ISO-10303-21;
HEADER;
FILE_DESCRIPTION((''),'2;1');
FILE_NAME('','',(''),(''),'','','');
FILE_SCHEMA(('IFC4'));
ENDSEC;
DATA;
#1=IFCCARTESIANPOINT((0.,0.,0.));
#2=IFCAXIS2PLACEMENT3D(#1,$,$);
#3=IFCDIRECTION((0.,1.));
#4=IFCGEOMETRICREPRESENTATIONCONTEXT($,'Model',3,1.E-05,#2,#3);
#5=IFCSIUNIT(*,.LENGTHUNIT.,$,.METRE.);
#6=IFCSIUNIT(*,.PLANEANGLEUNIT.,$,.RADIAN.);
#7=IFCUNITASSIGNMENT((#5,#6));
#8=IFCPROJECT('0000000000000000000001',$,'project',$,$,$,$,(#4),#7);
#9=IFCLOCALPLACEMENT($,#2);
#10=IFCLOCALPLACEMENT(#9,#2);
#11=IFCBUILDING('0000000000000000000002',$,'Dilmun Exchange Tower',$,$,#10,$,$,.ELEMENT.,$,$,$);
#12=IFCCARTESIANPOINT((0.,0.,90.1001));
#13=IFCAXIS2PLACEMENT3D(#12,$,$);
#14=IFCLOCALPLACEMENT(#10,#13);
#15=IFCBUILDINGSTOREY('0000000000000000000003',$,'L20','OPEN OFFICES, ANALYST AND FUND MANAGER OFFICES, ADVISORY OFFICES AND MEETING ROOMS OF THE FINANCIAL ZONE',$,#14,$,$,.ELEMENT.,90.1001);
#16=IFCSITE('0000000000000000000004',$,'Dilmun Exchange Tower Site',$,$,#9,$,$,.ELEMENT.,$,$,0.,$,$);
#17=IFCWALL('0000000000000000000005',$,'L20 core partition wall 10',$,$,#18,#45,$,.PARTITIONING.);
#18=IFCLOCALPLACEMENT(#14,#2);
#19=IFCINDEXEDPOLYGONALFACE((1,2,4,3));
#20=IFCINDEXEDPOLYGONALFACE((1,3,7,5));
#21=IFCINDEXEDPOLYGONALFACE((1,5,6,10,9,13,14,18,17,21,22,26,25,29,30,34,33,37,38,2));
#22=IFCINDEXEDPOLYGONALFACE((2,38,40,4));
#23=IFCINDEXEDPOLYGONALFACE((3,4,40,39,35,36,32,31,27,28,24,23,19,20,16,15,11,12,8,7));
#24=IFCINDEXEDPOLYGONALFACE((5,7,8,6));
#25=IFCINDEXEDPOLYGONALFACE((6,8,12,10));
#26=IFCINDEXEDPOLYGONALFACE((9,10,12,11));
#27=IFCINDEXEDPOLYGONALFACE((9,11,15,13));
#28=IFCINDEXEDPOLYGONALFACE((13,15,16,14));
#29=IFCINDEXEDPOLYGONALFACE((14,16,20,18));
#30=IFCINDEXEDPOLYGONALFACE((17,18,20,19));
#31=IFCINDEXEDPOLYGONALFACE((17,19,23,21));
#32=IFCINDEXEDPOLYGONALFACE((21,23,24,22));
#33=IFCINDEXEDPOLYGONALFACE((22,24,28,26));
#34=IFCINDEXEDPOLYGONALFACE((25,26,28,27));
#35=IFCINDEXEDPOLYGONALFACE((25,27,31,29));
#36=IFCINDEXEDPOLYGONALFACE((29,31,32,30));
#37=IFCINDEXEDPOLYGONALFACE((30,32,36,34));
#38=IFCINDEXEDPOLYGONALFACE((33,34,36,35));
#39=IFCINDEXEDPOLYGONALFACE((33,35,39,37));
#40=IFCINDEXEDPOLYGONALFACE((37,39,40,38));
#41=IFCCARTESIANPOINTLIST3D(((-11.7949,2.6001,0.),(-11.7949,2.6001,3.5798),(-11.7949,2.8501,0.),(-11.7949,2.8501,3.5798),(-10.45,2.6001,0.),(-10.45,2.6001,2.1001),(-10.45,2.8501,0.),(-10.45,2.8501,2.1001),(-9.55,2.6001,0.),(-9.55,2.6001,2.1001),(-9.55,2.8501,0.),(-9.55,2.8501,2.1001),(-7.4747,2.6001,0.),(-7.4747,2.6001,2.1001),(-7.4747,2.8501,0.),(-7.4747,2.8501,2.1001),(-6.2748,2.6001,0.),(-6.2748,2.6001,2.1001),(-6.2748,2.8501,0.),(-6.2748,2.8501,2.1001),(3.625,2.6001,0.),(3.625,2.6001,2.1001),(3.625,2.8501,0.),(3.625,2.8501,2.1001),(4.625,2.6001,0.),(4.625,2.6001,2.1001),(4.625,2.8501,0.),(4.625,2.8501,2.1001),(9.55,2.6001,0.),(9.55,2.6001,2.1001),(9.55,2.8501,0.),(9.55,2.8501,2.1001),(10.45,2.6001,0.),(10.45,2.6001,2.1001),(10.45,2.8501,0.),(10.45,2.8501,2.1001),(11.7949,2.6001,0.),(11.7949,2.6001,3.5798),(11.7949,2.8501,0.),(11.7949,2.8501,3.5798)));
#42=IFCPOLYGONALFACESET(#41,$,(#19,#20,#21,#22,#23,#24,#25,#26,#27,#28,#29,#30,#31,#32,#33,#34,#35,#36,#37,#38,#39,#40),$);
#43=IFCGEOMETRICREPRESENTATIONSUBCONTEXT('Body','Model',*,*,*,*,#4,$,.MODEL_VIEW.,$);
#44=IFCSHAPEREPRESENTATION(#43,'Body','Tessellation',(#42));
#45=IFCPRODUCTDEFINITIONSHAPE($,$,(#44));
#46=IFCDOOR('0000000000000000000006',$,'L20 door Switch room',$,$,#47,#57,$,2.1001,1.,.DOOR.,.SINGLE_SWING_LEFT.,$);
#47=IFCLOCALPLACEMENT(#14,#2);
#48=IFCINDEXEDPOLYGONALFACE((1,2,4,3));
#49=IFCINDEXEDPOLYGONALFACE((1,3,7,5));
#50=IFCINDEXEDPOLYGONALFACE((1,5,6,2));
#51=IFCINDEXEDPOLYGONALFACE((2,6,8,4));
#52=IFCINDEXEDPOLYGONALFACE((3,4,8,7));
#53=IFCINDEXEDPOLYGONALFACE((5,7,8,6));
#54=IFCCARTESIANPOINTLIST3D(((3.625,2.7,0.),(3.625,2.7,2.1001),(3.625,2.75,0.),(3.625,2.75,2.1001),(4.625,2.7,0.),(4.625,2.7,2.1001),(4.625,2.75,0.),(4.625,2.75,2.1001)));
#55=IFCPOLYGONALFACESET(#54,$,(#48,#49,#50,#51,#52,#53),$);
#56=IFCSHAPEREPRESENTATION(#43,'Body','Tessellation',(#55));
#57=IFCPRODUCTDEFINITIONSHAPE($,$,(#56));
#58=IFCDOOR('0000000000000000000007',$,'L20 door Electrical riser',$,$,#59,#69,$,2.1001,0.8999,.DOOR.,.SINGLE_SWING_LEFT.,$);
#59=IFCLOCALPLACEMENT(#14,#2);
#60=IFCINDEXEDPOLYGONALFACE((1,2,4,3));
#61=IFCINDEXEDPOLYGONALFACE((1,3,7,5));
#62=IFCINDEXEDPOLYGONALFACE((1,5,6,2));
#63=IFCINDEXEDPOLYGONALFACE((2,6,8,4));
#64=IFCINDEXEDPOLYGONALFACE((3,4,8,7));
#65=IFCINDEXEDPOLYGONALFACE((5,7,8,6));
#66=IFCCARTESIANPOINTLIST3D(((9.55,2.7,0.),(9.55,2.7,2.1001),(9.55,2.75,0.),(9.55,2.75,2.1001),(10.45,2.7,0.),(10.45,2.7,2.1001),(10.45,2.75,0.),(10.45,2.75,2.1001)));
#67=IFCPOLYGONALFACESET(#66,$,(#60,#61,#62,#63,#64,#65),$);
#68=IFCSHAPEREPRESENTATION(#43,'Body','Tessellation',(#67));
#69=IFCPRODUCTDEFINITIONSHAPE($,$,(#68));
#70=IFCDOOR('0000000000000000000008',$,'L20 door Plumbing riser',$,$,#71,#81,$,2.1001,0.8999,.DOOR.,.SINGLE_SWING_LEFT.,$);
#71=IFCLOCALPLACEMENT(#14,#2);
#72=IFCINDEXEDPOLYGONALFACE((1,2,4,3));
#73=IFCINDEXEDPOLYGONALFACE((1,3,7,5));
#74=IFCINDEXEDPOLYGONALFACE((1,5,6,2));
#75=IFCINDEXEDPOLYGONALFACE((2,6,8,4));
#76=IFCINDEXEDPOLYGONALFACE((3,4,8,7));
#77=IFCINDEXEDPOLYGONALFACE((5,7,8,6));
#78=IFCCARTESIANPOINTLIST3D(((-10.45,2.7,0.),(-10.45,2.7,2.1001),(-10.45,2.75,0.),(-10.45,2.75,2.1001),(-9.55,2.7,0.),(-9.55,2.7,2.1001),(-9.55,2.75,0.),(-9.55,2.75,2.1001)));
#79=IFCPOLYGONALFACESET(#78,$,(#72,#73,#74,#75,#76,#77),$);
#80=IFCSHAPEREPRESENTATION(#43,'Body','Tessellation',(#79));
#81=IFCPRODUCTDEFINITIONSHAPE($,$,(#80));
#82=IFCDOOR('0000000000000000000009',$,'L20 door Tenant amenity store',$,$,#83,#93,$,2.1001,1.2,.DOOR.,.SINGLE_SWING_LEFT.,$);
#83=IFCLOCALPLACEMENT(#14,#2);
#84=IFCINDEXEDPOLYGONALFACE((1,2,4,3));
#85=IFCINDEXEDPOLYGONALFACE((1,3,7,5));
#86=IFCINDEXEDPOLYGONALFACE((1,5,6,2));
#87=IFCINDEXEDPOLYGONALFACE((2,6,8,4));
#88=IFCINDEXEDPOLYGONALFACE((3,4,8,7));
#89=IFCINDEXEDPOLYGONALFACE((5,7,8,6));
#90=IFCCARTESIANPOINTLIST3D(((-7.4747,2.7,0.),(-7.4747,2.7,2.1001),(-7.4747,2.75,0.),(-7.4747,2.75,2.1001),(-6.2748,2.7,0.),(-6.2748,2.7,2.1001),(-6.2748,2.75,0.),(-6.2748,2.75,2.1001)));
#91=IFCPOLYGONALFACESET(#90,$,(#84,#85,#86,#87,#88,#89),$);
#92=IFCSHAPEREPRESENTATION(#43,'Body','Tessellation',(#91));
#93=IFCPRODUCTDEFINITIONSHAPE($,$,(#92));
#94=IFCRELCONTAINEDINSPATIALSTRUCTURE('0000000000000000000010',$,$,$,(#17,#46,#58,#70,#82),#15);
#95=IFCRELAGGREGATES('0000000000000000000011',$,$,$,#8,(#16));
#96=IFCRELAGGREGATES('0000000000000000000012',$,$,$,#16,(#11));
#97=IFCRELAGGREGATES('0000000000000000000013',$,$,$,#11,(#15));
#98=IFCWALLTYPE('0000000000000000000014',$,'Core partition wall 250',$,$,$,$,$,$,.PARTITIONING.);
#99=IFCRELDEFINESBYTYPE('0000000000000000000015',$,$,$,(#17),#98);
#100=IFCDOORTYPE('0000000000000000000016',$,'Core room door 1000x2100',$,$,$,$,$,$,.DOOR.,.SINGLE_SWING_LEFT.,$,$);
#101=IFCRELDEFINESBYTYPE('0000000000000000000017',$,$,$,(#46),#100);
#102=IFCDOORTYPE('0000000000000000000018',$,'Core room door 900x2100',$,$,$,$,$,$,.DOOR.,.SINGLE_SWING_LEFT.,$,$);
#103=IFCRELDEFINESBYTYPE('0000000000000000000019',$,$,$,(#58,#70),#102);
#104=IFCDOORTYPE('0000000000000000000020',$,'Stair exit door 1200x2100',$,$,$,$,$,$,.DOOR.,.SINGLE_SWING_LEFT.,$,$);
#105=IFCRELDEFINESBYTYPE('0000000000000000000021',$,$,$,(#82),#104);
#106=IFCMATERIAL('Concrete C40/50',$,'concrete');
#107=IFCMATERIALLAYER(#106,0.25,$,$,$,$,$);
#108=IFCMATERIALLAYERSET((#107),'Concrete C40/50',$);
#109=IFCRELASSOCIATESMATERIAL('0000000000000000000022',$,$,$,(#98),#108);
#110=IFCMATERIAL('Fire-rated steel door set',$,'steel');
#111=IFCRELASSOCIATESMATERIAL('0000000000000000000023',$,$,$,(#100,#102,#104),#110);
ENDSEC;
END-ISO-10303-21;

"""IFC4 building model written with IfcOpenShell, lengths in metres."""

from ifc_helpers import new_model, si_unit, direction, frame, frame_2d, origin, place, context, subcontext, project, spatial, rectangle, extrude, material, layer, layer_set, type_object, element, fill, save


model = new_model("IFC4")

# Units and contexts
model_context = context("Model", 3, precision=1e-05, world=origin(), true_north=direction((0.0, 1.0)))
body_context = subcontext(model_context, "Body", "Model", "MODEL_VIEW")
ifc_project = project(units=[si_unit("LENGTHUNIT", "METRE"), si_unit("PLANEANGLEUNIT", "RADIAN")], contexts=[model_context])

# Site, building, storey
site_placement = place(None, origin())
site = spatial("IfcSite", under=ifc_project, at=site_placement, Name="Dilmun Exchange Tower Site", CompositionType="ELEMENT", RefElevation=0.0)
building_placement = place(site_placement, origin())
building = spatial("IfcBuilding", under=site, at=building_placement, Name="Dilmun Exchange Tower", CompositionType="ELEMENT")
storey_placement = place(building_placement, frame((0.0, 0.0, 90.1001)))
storey = spatial("IfcBuildingStorey", under=building, at=storey_placement, Name="L20", Description="OPEN OFFICES, ANALYST AND FUND MANAGER OFFICES, ADVISORY OFFICES AND MEETING ROOMS OF THE FINANCIAL ZONE", CompositionType="ELEMENT", Elevation=90.1001)

# Shared definitions
ifc_material_1 = material(Name="Concrete C40/50", Category="concrete")

# Wall, openings, doors
ifc_layer_1 = layer(ifc_material_1, 0.25)
ifc_layer_set_1 = layer_set([ifc_layer_1], Name="Concrete C40/50")
wall_type_1 = type_object("IfcWallType", Name="Core partition wall 250", PredefinedType="PARTITIONING", material=ifc_layer_set_1)
wall_1_placement = place(storey_placement, frame((-11.7949, 2.7251, 0.0), z_axis=(0.0, 0.0, 1.0), x_axis=(1.0, 0.0, 0.0)))
wall_1 = element("IfcWall", 1, at=wall_1_placement, inside=storey, type_object=wall_type_1, Name="L20 core partition wall 10", PredefinedType="PARTITIONING", context=body_context, shape_type="SweptSolid", body=[
    extrude(rectangle(XDim=23.5898, YDim=0.25, at=frame_2d((11.7949, 0.0))), origin(), (0.0, 0.0, 1.0), 3.5798),
])
opening_1_placement = place(wall_1_placement, frame((21.345, 0.0, 0.0)))
opening_1 = element("IfcOpeningElement", 2, at=opening_1_placement, cuts=wall_1, PredefinedType="OPENING", context=body_context, shape_type="SweptSolid", body=[
    extrude(rectangle(XDim=0.8999, YDim=2.1001, at=frame_2d((0.45, 1.05))), frame((0.0, 0.135, 0.0), z_axis=(0.0, -1.0, 0.0), x_axis=(1.0, 0.0, 0.0)), (0.0, 0.0, 1.0), 0.27),
])
opening_2_placement = place(wall_1_placement, frame((1.345, 0.0, 0.0)))
opening_2 = element("IfcOpeningElement", 3, at=opening_2_placement, cuts=wall_1, PredefinedType="OPENING", context=body_context, shape_type="SweptSolid", body=[
    extrude(rectangle(XDim=0.8999, YDim=2.1001, at=frame_2d((0.45, 1.05))), frame((0.0, 0.135, 0.0), z_axis=(0.0, -1.0, 0.0), x_axis=(1.0, 0.0, 0.0)), (0.0, 0.0, 1.0), 0.27),
])
opening_3_placement = place(wall_1_placement, frame((4.3201, 0.0, 0.0)))
opening_3 = element("IfcOpeningElement", 4, at=opening_3_placement, cuts=wall_1, PredefinedType="OPENING", context=body_context, shape_type="SweptSolid", body=[
    extrude(rectangle(XDim=1.2, YDim=2.1001, at=frame_2d((0.6001, 1.05))), frame((0.0, 0.135, 0.0), z_axis=(0.0, -1.0, 0.0), x_axis=(1.0, 0.0, 0.0)), (0.0, 0.0, 1.0), 0.27),
])
opening_4_placement = place(wall_1_placement, frame((15.4199, 0.0, 0.0)))
opening_4 = element("IfcOpeningElement", 5, at=opening_4_placement, cuts=wall_1, PredefinedType="OPENING", context=body_context, shape_type="SweptSolid", body=[
    extrude(rectangle(XDim=1.0, YDim=2.1001, at=frame_2d((0.5, 1.05))), frame((0.0, 0.135, 0.0), z_axis=(0.0, -1.0, 0.0), x_axis=(1.0, 0.0, 0.0)), (0.0, 0.0, 1.0), 0.27),
])
ifc_material_2 = material(Name="Fire-rated steel door set", Category="steel")
door_type_1 = type_object("IfcDoorType", Name="Core room door 1000x2100", OperationType="SINGLE_SWING_LEFT", PredefinedType="DOOR", material=ifc_material_2)
door_1_placement = place(opening_4_placement, origin())
door_1 = element("IfcDoor", 6, at=door_1_placement, inside=storey, type_object=door_type_1, Name="L20 door Switch room", OperationType="SINGLE_SWING_LEFT", OverallHeight=2.1001, OverallWidth=1.0, PredefinedType="DOOR", context=body_context, shape_type="SweptSolid", body=[
    extrude(rectangle(XDim=1.0, YDim=2.1001, at=frame_2d((0.5, 1.05))), frame((0.0, 0.0249, 0.0), z_axis=(0.0, -1.0, 0.0), x_axis=(1.0, 0.0, 0.0)), (0.0, 0.0, 1.0), 0.05),
])
fill(opening_4, door_1)
door_type_2 = type_object("IfcDoorType", Name="Core room door 900x2100", OperationType="SINGLE_SWING_LEFT", PredefinedType="DOOR", material=ifc_material_2)
door_2_placement = place(opening_1_placement, origin())
door_2 = element("IfcDoor", 7, at=door_2_placement, inside=storey, type_object=door_type_2, Name="L20 door Electrical riser", OperationType="SINGLE_SWING_LEFT", OverallHeight=2.1001, OverallWidth=0.8999, PredefinedType="DOOR", context=body_context, shape_type="SweptSolid", body=[
    extrude(rectangle(XDim=0.8999, YDim=2.1001, at=frame_2d((0.45, 1.05))), frame((0.0, 0.0249, 0.0), z_axis=(0.0, -1.0, 0.0), x_axis=(1.0, 0.0, 0.0)), (0.0, 0.0, 1.0), 0.05),
])
fill(opening_1, door_2)
door_3_placement = place(opening_2_placement, origin())
door_3 = element("IfcDoor", 8, at=door_3_placement, inside=storey, type_object=door_type_2, Name="L20 door Plumbing riser", OperationType="SINGLE_SWING_LEFT", OverallHeight=2.1001, OverallWidth=0.8999, PredefinedType="DOOR", context=body_context, shape_type="SweptSolid", body=[
    extrude(rectangle(XDim=0.8999, YDim=2.1001, at=frame_2d((0.45, 1.05))), frame((0.0, 0.0249, 0.0), z_axis=(0.0, -1.0, 0.0), x_axis=(1.0, 0.0, 0.0)), (0.0, 0.0, 1.0), 0.05),
])
fill(opening_2, door_3)
door_type_3 = type_object("IfcDoorType", Name="Stair exit door 1200x2100", OperationType="SINGLE_SWING_LEFT", PredefinedType="DOOR", material=ifc_material_2)
door_4_placement = place(opening_3_placement, origin())
door_4 = element("IfcDoor", 9, at=door_4_placement, inside=storey, type_object=door_type_3, Name="L20 door Tenant amenity store", OperationType="SINGLE_SWING_LEFT", OverallHeight=2.1001, OverallWidth=1.2, PredefinedType="DOOR", context=body_context, shape_type="SweptSolid", body=[
    extrude(rectangle(XDim=1.2, YDim=2.1001, at=frame_2d((0.6001, 1.05))), frame((0.0, 0.0249, 0.0), z_axis=(0.0, -1.0, 0.0), x_axis=(1.0, 0.0, 0.0)), (0.0, 0.0, 1.0), 0.05),
])
fill(opening_3, door_4)

save(model, "model.ifc")
